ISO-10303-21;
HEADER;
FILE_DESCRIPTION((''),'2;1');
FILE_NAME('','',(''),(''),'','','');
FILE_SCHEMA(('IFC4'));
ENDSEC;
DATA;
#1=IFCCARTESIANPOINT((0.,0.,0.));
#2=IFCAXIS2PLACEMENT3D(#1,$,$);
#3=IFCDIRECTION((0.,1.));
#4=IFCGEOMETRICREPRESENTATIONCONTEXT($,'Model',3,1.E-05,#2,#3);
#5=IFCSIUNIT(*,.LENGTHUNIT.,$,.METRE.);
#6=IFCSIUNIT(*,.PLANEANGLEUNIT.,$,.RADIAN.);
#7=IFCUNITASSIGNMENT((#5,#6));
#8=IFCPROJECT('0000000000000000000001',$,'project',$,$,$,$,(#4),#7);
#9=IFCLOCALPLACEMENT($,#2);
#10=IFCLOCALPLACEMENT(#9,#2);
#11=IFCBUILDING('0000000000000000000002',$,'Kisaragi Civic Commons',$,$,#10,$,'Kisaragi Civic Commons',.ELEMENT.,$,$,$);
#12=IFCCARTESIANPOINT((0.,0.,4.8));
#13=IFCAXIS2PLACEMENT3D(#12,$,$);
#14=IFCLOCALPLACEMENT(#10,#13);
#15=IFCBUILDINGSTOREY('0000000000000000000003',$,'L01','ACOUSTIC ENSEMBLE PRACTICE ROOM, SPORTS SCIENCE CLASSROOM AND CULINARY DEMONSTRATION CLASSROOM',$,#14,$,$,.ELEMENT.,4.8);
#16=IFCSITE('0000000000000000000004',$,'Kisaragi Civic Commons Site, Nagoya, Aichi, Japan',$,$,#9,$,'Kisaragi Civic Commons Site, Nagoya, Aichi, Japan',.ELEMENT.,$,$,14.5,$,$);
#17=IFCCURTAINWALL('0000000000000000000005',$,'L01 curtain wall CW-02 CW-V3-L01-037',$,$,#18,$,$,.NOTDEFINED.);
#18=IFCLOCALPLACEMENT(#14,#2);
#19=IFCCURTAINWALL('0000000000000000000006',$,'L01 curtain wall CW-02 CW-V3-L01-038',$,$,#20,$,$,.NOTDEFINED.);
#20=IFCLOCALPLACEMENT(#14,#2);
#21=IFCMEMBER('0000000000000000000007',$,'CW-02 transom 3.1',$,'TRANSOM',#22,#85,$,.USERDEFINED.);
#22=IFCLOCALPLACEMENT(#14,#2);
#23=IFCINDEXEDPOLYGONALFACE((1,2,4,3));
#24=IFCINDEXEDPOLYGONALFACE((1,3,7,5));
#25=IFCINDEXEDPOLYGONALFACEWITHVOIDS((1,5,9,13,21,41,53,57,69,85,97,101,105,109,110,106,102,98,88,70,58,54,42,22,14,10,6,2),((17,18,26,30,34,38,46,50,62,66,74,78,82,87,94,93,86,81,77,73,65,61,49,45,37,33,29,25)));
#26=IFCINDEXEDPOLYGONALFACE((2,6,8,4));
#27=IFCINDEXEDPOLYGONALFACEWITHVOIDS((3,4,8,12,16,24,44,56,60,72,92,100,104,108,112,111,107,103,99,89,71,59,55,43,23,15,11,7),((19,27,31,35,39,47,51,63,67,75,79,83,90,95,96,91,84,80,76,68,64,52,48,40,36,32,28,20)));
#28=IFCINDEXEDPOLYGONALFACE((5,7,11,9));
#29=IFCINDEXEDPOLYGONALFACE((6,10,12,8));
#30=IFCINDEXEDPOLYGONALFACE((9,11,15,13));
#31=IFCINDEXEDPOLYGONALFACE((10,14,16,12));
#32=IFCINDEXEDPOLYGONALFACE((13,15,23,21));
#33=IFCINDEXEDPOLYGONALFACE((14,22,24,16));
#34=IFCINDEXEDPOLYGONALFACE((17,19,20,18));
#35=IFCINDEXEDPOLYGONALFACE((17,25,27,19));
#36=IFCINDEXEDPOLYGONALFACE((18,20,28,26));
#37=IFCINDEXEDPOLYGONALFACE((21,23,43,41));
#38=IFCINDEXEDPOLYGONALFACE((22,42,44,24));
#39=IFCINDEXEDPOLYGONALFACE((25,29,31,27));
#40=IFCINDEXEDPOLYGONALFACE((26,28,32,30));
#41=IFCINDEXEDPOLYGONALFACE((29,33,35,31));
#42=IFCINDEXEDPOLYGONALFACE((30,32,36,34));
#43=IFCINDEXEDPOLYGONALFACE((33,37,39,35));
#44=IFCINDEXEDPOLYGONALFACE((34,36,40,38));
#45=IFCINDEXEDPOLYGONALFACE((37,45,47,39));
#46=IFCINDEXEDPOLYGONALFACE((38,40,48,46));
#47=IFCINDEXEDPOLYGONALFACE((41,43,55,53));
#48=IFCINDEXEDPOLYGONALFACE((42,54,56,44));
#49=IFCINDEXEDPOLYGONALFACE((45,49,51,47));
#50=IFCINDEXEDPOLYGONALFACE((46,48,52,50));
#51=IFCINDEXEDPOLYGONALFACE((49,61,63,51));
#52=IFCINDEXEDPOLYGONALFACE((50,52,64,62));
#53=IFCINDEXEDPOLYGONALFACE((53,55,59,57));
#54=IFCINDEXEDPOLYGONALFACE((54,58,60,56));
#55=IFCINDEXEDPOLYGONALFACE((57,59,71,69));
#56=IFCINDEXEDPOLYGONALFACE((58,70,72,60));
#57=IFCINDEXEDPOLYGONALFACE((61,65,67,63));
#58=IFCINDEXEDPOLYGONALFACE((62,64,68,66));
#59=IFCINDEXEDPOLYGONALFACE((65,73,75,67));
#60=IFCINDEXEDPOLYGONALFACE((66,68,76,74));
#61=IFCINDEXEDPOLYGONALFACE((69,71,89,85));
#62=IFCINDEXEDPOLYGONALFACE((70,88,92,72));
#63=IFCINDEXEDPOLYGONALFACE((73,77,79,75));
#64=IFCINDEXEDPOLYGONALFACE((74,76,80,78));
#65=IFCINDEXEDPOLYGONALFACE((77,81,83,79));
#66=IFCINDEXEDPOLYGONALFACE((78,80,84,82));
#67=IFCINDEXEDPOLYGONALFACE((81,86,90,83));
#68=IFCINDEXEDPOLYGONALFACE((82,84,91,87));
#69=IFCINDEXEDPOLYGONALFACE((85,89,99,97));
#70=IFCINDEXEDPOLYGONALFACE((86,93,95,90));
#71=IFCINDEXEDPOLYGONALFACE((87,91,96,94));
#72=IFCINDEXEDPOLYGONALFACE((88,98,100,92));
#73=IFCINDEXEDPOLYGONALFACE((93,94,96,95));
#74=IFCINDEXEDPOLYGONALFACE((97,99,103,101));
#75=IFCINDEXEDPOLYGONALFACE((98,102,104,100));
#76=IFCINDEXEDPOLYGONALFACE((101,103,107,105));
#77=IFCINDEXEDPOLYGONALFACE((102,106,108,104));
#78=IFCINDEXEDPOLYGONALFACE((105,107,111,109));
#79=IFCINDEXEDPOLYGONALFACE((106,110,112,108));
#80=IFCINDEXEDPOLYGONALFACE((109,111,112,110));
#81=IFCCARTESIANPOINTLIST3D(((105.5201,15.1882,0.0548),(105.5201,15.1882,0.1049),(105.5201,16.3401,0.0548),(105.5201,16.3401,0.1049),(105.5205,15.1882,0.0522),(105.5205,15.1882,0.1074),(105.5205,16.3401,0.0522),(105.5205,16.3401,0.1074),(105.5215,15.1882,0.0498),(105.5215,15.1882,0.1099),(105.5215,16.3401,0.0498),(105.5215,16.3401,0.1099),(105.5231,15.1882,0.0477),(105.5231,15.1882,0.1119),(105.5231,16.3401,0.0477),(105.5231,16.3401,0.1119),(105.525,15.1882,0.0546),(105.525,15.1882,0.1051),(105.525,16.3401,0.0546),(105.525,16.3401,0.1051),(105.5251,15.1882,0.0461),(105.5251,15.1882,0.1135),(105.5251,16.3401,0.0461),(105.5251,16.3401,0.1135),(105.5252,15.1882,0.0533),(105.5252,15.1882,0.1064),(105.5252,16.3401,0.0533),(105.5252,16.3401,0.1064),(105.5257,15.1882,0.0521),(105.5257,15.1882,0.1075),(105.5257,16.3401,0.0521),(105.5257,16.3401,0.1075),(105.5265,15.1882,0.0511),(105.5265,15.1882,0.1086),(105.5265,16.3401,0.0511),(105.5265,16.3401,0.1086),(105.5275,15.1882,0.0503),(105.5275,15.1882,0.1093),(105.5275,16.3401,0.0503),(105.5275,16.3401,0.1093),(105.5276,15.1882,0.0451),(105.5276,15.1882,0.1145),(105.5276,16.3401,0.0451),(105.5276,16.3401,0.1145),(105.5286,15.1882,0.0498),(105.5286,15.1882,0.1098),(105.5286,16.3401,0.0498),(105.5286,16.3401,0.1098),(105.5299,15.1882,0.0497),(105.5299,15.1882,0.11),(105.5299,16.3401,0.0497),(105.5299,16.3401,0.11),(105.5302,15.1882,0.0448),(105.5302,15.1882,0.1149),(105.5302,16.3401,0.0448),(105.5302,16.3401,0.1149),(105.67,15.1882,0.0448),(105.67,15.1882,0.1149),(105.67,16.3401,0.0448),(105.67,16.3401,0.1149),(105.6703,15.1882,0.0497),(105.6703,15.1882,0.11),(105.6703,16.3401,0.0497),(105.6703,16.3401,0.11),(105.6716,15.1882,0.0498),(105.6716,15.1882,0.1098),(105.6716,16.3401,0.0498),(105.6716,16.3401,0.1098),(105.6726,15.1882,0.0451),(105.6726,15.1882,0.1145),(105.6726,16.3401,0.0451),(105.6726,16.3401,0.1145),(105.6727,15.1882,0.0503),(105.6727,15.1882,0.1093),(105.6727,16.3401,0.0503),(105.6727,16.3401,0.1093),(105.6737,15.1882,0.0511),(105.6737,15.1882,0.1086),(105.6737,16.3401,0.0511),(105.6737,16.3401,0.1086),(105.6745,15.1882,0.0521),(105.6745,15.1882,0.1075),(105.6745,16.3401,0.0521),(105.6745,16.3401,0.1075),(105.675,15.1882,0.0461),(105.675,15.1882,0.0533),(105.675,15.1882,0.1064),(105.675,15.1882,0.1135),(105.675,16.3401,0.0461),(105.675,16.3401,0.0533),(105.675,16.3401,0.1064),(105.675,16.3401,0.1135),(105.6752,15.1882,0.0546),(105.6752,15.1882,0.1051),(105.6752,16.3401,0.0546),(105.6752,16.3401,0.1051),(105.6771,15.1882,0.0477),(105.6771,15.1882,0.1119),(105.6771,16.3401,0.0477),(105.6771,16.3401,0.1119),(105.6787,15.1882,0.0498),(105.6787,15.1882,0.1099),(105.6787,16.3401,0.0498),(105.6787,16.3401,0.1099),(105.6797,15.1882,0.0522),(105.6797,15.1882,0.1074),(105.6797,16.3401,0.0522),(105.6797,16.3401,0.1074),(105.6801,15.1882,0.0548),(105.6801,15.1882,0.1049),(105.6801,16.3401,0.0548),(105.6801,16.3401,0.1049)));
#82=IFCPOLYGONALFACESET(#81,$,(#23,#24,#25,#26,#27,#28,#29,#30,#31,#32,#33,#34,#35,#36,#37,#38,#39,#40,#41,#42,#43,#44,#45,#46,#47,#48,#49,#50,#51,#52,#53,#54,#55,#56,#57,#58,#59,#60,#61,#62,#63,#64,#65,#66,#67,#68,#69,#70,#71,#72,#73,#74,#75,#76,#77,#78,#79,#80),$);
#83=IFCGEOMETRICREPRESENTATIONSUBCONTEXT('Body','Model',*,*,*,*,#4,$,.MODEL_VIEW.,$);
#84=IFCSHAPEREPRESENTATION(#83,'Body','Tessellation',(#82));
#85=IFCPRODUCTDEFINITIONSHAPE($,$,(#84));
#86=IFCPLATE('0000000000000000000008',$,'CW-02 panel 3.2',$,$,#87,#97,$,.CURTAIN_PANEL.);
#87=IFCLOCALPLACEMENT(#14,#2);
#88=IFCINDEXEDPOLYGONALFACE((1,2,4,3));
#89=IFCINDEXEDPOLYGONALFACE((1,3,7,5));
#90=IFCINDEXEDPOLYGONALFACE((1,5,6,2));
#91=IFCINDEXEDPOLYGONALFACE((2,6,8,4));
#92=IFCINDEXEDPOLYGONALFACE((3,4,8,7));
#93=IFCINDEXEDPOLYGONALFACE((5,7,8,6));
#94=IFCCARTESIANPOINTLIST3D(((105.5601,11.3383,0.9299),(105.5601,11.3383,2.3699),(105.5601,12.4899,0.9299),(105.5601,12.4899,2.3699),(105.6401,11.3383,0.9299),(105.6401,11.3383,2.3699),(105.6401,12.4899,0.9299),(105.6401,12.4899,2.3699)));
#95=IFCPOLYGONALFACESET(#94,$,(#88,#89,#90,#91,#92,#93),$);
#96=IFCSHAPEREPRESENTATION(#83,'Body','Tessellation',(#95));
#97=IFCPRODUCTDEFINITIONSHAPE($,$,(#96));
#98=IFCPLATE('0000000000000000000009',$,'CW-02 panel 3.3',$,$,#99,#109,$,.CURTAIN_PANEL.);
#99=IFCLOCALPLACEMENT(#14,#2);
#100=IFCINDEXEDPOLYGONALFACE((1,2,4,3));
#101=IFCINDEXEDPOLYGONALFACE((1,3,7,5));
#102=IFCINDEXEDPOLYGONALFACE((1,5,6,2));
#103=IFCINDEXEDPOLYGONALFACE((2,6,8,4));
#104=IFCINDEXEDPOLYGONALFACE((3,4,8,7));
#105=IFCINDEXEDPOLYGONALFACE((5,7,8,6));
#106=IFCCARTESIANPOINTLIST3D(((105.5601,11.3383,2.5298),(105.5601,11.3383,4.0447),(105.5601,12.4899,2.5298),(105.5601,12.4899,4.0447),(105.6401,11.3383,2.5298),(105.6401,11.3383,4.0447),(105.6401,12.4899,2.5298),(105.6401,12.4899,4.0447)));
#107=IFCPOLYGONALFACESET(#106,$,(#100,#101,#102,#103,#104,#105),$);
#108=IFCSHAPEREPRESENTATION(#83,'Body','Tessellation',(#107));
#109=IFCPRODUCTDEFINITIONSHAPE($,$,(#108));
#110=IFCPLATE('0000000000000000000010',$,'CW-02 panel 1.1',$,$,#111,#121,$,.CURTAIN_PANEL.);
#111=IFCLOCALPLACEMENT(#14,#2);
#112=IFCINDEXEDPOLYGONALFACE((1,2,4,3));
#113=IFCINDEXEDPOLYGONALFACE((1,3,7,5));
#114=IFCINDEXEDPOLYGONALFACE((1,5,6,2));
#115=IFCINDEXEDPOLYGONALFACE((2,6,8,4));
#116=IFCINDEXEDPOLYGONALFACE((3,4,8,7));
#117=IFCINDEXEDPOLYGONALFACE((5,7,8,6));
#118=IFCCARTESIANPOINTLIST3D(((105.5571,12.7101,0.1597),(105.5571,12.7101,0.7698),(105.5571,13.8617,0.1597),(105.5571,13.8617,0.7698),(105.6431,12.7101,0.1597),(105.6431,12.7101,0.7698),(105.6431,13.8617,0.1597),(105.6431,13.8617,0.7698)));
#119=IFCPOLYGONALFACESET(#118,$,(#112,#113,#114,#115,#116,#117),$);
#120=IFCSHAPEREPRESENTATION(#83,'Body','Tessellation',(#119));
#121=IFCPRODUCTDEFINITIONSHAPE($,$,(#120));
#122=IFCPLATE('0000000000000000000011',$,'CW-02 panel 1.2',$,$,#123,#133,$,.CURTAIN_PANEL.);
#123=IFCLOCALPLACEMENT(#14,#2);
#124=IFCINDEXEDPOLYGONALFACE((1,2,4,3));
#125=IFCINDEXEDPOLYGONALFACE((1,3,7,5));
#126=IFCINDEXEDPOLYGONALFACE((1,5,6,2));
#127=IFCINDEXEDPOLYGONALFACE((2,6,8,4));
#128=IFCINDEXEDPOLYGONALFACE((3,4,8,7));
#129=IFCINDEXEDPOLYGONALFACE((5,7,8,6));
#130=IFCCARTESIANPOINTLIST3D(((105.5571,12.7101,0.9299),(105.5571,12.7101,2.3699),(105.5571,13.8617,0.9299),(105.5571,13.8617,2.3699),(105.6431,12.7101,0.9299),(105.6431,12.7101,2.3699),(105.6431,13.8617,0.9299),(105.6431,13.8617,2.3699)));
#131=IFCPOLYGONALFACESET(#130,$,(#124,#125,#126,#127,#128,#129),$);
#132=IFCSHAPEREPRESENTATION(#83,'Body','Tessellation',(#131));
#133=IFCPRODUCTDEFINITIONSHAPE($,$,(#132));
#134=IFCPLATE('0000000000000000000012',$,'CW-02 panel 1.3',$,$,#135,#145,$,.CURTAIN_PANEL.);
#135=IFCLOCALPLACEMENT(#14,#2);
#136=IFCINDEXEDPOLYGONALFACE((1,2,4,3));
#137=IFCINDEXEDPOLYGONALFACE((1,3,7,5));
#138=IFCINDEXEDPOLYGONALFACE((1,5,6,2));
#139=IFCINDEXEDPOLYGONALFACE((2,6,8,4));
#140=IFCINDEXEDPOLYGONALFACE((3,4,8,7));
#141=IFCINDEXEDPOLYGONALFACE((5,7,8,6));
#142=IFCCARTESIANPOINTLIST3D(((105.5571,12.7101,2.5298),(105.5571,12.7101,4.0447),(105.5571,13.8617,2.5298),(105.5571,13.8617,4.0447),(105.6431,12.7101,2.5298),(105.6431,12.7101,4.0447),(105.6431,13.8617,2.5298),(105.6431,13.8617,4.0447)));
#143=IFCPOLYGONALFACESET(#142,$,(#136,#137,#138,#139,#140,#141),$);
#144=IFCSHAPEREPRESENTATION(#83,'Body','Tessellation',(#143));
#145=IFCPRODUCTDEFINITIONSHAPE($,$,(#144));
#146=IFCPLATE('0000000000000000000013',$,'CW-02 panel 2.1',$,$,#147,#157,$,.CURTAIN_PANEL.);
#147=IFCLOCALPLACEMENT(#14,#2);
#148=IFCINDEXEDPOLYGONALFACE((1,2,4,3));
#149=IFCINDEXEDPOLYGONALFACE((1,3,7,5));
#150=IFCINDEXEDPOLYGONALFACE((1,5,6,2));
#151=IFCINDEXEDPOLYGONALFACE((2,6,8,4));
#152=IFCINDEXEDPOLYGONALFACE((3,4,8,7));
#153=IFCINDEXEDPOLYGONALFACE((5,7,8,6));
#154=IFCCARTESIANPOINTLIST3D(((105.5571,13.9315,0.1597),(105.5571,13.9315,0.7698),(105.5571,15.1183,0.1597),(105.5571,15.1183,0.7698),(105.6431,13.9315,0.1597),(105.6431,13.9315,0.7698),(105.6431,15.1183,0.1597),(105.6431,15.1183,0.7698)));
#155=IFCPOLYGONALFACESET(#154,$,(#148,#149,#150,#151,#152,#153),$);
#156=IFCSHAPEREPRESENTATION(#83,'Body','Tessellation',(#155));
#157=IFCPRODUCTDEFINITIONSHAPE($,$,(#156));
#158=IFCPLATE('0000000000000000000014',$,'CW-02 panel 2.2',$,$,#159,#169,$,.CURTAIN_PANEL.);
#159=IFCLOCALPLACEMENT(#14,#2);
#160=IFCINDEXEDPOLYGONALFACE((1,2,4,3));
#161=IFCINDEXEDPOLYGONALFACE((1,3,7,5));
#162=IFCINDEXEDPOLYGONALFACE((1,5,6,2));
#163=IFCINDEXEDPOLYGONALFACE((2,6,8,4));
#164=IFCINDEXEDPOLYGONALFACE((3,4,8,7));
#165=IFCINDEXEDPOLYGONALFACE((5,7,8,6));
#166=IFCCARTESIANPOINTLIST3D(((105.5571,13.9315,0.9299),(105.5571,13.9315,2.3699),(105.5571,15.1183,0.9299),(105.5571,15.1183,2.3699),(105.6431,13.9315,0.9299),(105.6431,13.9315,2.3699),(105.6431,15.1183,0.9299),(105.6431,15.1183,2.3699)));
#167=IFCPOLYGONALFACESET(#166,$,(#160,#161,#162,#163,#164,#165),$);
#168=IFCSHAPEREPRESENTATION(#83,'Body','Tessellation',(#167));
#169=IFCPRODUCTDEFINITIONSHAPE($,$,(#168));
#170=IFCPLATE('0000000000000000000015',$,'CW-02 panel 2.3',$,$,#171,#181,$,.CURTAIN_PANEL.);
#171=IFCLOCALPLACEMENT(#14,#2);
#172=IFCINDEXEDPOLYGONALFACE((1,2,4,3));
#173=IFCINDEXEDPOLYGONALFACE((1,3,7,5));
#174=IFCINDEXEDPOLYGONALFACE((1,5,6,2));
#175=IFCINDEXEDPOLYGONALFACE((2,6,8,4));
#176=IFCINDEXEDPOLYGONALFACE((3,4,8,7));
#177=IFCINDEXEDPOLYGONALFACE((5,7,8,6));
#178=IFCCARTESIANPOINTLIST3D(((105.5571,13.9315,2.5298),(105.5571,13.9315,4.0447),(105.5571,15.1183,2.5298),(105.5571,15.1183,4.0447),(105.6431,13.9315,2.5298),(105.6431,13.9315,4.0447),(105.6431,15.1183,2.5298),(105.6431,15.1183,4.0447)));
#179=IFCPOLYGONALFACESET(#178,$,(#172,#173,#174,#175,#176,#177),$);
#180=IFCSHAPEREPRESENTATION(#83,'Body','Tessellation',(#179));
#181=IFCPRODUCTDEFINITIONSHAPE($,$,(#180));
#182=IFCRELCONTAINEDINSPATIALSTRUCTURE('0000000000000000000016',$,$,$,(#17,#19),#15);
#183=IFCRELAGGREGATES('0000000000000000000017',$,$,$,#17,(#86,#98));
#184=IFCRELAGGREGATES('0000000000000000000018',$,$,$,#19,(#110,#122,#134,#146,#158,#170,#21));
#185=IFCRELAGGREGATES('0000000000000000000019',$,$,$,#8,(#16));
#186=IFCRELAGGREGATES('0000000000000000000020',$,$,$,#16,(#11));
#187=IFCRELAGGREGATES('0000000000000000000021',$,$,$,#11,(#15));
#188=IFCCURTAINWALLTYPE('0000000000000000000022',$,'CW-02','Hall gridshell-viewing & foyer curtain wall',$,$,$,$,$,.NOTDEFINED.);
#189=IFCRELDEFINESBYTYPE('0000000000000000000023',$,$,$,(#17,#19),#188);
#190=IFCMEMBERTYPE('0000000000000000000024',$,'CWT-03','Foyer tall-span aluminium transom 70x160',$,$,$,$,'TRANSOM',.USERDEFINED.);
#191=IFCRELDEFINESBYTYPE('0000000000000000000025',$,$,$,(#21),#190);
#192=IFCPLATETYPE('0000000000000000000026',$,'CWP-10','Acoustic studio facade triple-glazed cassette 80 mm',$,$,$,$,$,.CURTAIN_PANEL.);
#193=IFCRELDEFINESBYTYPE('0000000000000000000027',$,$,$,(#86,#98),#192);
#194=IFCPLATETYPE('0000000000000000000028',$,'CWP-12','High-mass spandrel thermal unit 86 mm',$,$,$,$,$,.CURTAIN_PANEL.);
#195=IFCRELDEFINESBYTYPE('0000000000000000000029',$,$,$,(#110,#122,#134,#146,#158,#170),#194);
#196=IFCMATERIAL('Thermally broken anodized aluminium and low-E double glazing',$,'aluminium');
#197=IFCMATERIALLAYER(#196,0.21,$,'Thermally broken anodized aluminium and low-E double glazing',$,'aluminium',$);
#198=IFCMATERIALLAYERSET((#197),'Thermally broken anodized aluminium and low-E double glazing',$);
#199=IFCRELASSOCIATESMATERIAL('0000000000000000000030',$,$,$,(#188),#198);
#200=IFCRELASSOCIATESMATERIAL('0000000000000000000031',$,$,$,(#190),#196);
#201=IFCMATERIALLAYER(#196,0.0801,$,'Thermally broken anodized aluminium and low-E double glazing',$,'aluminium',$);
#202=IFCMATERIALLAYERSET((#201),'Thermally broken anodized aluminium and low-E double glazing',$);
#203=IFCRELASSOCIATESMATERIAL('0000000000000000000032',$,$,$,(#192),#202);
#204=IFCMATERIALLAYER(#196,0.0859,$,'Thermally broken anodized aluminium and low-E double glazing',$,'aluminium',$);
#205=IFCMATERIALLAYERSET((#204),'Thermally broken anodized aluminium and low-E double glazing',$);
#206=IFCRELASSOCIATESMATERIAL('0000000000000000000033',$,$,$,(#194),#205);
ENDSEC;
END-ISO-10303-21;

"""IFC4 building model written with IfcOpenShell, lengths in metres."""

from ifc_helpers import new_model, si_unit, direction, frame, origin, origin_2d, place, context, subcontext, project, spatial, rectangle, hollow_rectangle, extrude, material, layer, layer_set, material_profile, profile_set, type_object, element, aggregate, save


model = new_model("IFC4")

# Units and contexts
model_context = context("Model", 3, precision=1e-05, world=origin(), true_north=direction((0.0, 1.0)))
body_context = subcontext(model_context, "Body", "Model", "MODEL_VIEW")
ifc_project = project(units=[si_unit("LENGTHUNIT", "METRE"), si_unit("PLANEANGLEUNIT", "RADIAN")], contexts=[model_context])

# Site, building, storey
site_placement = place(None, origin())
site = spatial("IfcSite", under=ifc_project, at=site_placement, Name="Kisaragi Civic Commons Site, Nagoya, Aichi, Japan", LongName="Kisaragi Civic Commons Site, Nagoya, Aichi, Japan", CompositionType="ELEMENT", RefElevation=14.5)
building_placement = place(site_placement, origin())
building = spatial("IfcBuilding", under=site, at=building_placement, Name="Kisaragi Civic Commons", LongName="Kisaragi Civic Commons", CompositionType="ELEMENT")
storey_placement = place(building_placement, frame((0.0, 0.0, 4.8)))
storey = spatial("IfcBuildingStorey", under=building, at=storey_placement, Name="L01", Description="ACOUSTIC ENSEMBLE PRACTICE ROOM, SPORTS SCIENCE CLASSROOM AND CULINARY DEMONSTRATION CLASSROOM", CompositionType="ELEMENT", Elevation=4.8)

# Curtain wall
ifc_material_1 = material(Name="Thermally broken anodized aluminium and low-E double glazing", Category="aluminium")
ifc_layer_1 = layer(ifc_material_1, 0.21, Name="Thermally broken anodized aluminium and low-E double glazing", Category="aluminium")
ifc_layer_set_1 = layer_set([ifc_layer_1], Name="Thermally broken anodized aluminium and low-E double glazing")
curtain_wall_type = type_object("IfcCurtainWallType", Name="CW-02", Description="Hall gridshell-viewing & foyer curtain wall", PredefinedType="NOTDEFINED", material=ifc_layer_set_1)
curtain_wall_1_placement = place(storey_placement, origin())
curtain_wall_1 = element("IfcCurtainWall", 1, at=curtain_wall_1_placement, inside=storey, type_object=curtain_wall_type, Name="L01 curtain wall CW-02 CW-V3-L01-037", PredefinedType="NOTDEFINED")

# Curtain wall, member
curtain_wall_2_placement = place(storey_placement, origin())
curtain_wall_2 = element("IfcCurtainWall", 2, at=curtain_wall_2_placement, inside=storey, type_object=curtain_wall_type, Name="L01 curtain wall CW-02 CW-V3-L01-038", PredefinedType="NOTDEFINED")
ifc_material_profile_1 = material_profile(ifc_material_1, hollow_rectangle(XDim=0.1599, YDim=0.0701, WallThickness=0.0049, InnerFilletRadius=0.0049, OuterFilletRadius=0.01, at=origin_2d()), Name="CWT-70x160x5", Category="aluminium")
ifc_profile_set_1 = profile_set([ifc_material_profile_1], Name="Thermally broken anodized aluminium and low-E double glazing")
member_type_1 = type_object("IfcMemberType", Name="CWT-03", Description="Foyer tall-span aluminium transom 70x160", ElementType="TRANSOM", PredefinedType="USERDEFINED", material=ifc_profile_set_1)
member_1_placement = place(storey_placement, frame((105.6001, 15.1882, 0.0798), z_axis=(0.0, 1.0, 0.0), x_axis=(-1.0, 0.0, 0.0)))
member_1 = element("IfcMember", 3, at=member_1_placement, type_object=member_type_1, Name="CW-02 transom 3.1", ObjectType="TRANSOM", PredefinedType="USERDEFINED", context=body_context, shape_type="SweptSolid", body=[
    extrude(hollow_rectangle(XDim=0.1599, YDim=0.0701, WallThickness=0.0049, InnerFilletRadius=0.0049, OuterFilletRadius=0.01, at=origin_2d()), origin(), (0.0, 0.0, 1.0), 1.1519),
])

# Plates
ifc_layer_2 = layer(ifc_material_1, 0.0801, Name="Thermally broken anodized aluminium and low-E double glazing", Category="aluminium")
ifc_layer_set_2 = layer_set([ifc_layer_2], Name="Thermally broken anodized aluminium and low-E double glazing")
plate_type_1 = type_object("IfcPlateType", Name="CWP-10", Description="Acoustic studio facade triple-glazed cassette 80 mm", PredefinedType="CURTAIN_PANEL", material=ifc_layer_set_2)
plate_1_placement = place(storey_placement, frame((105.6001, 11.9141, 0.9299), z_axis=(0.0, 0.0, 1.0), x_axis=(0.0, 1.0, 0.0)))
plate_1 = element("IfcPlate", 4, at=plate_1_placement, type_object=plate_type_1, Name="CW-02 panel 3.2", PredefinedType="CURTAIN_PANEL", context=body_context, shape_type="SweptSolid", body=[
    extrude(rectangle(XDim=1.1516, YDim=0.0801, at=origin_2d()), origin(), (0.0, 0.0, 1.0), 1.4399),
])
plate_2_placement = place(storey_placement, frame((105.6001, 11.9141, 2.5298), z_axis=(0.0, 0.0, 1.0), x_axis=(0.0, 1.0, 0.0)))
plate_2 = element("IfcPlate", 5, at=plate_2_placement, type_object=plate_type_1, Name="CW-02 panel 3.3", PredefinedType="CURTAIN_PANEL", context=body_context, shape_type="SweptSolid", body=[
    extrude(rectangle(XDim=1.1516, YDim=0.0801, at=origin_2d()), origin(), (0.0, 0.0, 1.0), 1.5149),
])
aggregate(curtain_wall_1, [plate_1, plate_2])
ifc_layer_3 = layer(ifc_material_1, 0.0859, Name="Thermally broken anodized aluminium and low-E double glazing", Category="aluminium")
ifc_layer_set_3 = layer_set([ifc_layer_3], Name="Thermally broken anodized aluminium and low-E double glazing")
plate_type_2 = type_object("IfcPlateType", Name="CWP-12", Description="High-mass spandrel thermal unit 86 mm", PredefinedType="CURTAIN_PANEL", material=ifc_layer_set_3)
plate_3_placement = place(storey_placement, frame((105.6001, 13.2859, 0.1597), z_axis=(0.0, 0.0, 1.0), x_axis=(0.0, 1.0, 0.0)))
plate_3 = element("IfcPlate", 6, at=plate_3_placement, type_object=plate_type_2, Name="CW-02 panel 1.1", PredefinedType="CURTAIN_PANEL", context=body_context, shape_type="SweptSolid", body=[
    extrude(rectangle(XDim=1.1516, YDim=0.0859, at=origin_2d()), origin(), (0.0, 0.0, 1.0), 0.6101),
])
plate_4_placement = place(storey_placement, frame((105.6001, 13.2859, 0.9299), z_axis=(0.0, 0.0, 1.0), x_axis=(0.0, 1.0, 0.0)))
plate_4 = element("IfcPlate", 7, at=plate_4_placement, type_object=plate_type_2, Name="CW-02 panel 1.2", PredefinedType="CURTAIN_PANEL", context=body_context, shape_type="SweptSolid", body=[
    extrude(rectangle(XDim=1.1516, YDim=0.0859, at=origin_2d()), origin(), (0.0, 0.0, 1.0), 1.4399),
])
plate_5_placement = place(storey_placement, frame((105.6001, 13.2859, 2.5298), z_axis=(0.0, 0.0, 1.0), x_axis=(0.0, 1.0, 0.0)))
plate_5 = element("IfcPlate", 8, at=plate_5_placement, type_object=plate_type_2, Name="CW-02 panel 1.3", PredefinedType="CURTAIN_PANEL", context=body_context, shape_type="SweptSolid", body=[
    extrude(rectangle(XDim=1.1516, YDim=0.0859, at=origin_2d()), origin(), (0.0, 0.0, 1.0), 1.5149),
])
plate_6_placement = place(storey_placement, frame((105.6001, 14.5249, 0.1597), z_axis=(0.0, 0.0, 1.0), x_axis=(0.0, 1.0, 0.0)))
plate_6 = element("IfcPlate", 9, at=plate_6_placement, type_object=plate_type_2, Name="CW-02 panel 2.1", PredefinedType="CURTAIN_PANEL", context=body_context, shape_type="SweptSolid", body=[
    extrude(rectangle(XDim=1.1868, YDim=0.0859, at=origin_2d()), origin(), (0.0, 0.0, 1.0), 0.6101),
])
plate_7_placement = place(storey_placement, frame((105.6001, 14.5249, 0.9299), z_axis=(0.0, 0.0, 1.0), x_axis=(0.0, 1.0, 0.0)))
plate_7 = element("IfcPlate", 10, at=plate_7_placement, type_object=plate_type_2, Name="CW-02 panel 2.2", PredefinedType="CURTAIN_PANEL", context=body_context, shape_type="SweptSolid", body=[
    extrude(rectangle(XDim=1.1868, YDim=0.0859, at=origin_2d()), origin(), (0.0, 0.0, 1.0), 1.4399),
])
plate_8_placement = place(storey_placement, frame((105.6001, 14.5249, 2.5298), z_axis=(0.0, 0.0, 1.0), x_axis=(0.0, 1.0, 0.0)))
plate_8 = element("IfcPlate", 11, at=plate_8_placement, type_object=plate_type_2, Name="CW-02 panel 2.3", PredefinedType="CURTAIN_PANEL", context=body_context, shape_type="SweptSolid", body=[
    extrude(rectangle(XDim=1.1868, YDim=0.0859, at=origin_2d()), origin(), (0.0, 0.0, 1.0), 1.5149),
])
aggregate(curtain_wall_2, [plate_3, plate_4, plate_5, plate_6, plate_7, plate_8, member_1])

save(model, "model.ifc")
